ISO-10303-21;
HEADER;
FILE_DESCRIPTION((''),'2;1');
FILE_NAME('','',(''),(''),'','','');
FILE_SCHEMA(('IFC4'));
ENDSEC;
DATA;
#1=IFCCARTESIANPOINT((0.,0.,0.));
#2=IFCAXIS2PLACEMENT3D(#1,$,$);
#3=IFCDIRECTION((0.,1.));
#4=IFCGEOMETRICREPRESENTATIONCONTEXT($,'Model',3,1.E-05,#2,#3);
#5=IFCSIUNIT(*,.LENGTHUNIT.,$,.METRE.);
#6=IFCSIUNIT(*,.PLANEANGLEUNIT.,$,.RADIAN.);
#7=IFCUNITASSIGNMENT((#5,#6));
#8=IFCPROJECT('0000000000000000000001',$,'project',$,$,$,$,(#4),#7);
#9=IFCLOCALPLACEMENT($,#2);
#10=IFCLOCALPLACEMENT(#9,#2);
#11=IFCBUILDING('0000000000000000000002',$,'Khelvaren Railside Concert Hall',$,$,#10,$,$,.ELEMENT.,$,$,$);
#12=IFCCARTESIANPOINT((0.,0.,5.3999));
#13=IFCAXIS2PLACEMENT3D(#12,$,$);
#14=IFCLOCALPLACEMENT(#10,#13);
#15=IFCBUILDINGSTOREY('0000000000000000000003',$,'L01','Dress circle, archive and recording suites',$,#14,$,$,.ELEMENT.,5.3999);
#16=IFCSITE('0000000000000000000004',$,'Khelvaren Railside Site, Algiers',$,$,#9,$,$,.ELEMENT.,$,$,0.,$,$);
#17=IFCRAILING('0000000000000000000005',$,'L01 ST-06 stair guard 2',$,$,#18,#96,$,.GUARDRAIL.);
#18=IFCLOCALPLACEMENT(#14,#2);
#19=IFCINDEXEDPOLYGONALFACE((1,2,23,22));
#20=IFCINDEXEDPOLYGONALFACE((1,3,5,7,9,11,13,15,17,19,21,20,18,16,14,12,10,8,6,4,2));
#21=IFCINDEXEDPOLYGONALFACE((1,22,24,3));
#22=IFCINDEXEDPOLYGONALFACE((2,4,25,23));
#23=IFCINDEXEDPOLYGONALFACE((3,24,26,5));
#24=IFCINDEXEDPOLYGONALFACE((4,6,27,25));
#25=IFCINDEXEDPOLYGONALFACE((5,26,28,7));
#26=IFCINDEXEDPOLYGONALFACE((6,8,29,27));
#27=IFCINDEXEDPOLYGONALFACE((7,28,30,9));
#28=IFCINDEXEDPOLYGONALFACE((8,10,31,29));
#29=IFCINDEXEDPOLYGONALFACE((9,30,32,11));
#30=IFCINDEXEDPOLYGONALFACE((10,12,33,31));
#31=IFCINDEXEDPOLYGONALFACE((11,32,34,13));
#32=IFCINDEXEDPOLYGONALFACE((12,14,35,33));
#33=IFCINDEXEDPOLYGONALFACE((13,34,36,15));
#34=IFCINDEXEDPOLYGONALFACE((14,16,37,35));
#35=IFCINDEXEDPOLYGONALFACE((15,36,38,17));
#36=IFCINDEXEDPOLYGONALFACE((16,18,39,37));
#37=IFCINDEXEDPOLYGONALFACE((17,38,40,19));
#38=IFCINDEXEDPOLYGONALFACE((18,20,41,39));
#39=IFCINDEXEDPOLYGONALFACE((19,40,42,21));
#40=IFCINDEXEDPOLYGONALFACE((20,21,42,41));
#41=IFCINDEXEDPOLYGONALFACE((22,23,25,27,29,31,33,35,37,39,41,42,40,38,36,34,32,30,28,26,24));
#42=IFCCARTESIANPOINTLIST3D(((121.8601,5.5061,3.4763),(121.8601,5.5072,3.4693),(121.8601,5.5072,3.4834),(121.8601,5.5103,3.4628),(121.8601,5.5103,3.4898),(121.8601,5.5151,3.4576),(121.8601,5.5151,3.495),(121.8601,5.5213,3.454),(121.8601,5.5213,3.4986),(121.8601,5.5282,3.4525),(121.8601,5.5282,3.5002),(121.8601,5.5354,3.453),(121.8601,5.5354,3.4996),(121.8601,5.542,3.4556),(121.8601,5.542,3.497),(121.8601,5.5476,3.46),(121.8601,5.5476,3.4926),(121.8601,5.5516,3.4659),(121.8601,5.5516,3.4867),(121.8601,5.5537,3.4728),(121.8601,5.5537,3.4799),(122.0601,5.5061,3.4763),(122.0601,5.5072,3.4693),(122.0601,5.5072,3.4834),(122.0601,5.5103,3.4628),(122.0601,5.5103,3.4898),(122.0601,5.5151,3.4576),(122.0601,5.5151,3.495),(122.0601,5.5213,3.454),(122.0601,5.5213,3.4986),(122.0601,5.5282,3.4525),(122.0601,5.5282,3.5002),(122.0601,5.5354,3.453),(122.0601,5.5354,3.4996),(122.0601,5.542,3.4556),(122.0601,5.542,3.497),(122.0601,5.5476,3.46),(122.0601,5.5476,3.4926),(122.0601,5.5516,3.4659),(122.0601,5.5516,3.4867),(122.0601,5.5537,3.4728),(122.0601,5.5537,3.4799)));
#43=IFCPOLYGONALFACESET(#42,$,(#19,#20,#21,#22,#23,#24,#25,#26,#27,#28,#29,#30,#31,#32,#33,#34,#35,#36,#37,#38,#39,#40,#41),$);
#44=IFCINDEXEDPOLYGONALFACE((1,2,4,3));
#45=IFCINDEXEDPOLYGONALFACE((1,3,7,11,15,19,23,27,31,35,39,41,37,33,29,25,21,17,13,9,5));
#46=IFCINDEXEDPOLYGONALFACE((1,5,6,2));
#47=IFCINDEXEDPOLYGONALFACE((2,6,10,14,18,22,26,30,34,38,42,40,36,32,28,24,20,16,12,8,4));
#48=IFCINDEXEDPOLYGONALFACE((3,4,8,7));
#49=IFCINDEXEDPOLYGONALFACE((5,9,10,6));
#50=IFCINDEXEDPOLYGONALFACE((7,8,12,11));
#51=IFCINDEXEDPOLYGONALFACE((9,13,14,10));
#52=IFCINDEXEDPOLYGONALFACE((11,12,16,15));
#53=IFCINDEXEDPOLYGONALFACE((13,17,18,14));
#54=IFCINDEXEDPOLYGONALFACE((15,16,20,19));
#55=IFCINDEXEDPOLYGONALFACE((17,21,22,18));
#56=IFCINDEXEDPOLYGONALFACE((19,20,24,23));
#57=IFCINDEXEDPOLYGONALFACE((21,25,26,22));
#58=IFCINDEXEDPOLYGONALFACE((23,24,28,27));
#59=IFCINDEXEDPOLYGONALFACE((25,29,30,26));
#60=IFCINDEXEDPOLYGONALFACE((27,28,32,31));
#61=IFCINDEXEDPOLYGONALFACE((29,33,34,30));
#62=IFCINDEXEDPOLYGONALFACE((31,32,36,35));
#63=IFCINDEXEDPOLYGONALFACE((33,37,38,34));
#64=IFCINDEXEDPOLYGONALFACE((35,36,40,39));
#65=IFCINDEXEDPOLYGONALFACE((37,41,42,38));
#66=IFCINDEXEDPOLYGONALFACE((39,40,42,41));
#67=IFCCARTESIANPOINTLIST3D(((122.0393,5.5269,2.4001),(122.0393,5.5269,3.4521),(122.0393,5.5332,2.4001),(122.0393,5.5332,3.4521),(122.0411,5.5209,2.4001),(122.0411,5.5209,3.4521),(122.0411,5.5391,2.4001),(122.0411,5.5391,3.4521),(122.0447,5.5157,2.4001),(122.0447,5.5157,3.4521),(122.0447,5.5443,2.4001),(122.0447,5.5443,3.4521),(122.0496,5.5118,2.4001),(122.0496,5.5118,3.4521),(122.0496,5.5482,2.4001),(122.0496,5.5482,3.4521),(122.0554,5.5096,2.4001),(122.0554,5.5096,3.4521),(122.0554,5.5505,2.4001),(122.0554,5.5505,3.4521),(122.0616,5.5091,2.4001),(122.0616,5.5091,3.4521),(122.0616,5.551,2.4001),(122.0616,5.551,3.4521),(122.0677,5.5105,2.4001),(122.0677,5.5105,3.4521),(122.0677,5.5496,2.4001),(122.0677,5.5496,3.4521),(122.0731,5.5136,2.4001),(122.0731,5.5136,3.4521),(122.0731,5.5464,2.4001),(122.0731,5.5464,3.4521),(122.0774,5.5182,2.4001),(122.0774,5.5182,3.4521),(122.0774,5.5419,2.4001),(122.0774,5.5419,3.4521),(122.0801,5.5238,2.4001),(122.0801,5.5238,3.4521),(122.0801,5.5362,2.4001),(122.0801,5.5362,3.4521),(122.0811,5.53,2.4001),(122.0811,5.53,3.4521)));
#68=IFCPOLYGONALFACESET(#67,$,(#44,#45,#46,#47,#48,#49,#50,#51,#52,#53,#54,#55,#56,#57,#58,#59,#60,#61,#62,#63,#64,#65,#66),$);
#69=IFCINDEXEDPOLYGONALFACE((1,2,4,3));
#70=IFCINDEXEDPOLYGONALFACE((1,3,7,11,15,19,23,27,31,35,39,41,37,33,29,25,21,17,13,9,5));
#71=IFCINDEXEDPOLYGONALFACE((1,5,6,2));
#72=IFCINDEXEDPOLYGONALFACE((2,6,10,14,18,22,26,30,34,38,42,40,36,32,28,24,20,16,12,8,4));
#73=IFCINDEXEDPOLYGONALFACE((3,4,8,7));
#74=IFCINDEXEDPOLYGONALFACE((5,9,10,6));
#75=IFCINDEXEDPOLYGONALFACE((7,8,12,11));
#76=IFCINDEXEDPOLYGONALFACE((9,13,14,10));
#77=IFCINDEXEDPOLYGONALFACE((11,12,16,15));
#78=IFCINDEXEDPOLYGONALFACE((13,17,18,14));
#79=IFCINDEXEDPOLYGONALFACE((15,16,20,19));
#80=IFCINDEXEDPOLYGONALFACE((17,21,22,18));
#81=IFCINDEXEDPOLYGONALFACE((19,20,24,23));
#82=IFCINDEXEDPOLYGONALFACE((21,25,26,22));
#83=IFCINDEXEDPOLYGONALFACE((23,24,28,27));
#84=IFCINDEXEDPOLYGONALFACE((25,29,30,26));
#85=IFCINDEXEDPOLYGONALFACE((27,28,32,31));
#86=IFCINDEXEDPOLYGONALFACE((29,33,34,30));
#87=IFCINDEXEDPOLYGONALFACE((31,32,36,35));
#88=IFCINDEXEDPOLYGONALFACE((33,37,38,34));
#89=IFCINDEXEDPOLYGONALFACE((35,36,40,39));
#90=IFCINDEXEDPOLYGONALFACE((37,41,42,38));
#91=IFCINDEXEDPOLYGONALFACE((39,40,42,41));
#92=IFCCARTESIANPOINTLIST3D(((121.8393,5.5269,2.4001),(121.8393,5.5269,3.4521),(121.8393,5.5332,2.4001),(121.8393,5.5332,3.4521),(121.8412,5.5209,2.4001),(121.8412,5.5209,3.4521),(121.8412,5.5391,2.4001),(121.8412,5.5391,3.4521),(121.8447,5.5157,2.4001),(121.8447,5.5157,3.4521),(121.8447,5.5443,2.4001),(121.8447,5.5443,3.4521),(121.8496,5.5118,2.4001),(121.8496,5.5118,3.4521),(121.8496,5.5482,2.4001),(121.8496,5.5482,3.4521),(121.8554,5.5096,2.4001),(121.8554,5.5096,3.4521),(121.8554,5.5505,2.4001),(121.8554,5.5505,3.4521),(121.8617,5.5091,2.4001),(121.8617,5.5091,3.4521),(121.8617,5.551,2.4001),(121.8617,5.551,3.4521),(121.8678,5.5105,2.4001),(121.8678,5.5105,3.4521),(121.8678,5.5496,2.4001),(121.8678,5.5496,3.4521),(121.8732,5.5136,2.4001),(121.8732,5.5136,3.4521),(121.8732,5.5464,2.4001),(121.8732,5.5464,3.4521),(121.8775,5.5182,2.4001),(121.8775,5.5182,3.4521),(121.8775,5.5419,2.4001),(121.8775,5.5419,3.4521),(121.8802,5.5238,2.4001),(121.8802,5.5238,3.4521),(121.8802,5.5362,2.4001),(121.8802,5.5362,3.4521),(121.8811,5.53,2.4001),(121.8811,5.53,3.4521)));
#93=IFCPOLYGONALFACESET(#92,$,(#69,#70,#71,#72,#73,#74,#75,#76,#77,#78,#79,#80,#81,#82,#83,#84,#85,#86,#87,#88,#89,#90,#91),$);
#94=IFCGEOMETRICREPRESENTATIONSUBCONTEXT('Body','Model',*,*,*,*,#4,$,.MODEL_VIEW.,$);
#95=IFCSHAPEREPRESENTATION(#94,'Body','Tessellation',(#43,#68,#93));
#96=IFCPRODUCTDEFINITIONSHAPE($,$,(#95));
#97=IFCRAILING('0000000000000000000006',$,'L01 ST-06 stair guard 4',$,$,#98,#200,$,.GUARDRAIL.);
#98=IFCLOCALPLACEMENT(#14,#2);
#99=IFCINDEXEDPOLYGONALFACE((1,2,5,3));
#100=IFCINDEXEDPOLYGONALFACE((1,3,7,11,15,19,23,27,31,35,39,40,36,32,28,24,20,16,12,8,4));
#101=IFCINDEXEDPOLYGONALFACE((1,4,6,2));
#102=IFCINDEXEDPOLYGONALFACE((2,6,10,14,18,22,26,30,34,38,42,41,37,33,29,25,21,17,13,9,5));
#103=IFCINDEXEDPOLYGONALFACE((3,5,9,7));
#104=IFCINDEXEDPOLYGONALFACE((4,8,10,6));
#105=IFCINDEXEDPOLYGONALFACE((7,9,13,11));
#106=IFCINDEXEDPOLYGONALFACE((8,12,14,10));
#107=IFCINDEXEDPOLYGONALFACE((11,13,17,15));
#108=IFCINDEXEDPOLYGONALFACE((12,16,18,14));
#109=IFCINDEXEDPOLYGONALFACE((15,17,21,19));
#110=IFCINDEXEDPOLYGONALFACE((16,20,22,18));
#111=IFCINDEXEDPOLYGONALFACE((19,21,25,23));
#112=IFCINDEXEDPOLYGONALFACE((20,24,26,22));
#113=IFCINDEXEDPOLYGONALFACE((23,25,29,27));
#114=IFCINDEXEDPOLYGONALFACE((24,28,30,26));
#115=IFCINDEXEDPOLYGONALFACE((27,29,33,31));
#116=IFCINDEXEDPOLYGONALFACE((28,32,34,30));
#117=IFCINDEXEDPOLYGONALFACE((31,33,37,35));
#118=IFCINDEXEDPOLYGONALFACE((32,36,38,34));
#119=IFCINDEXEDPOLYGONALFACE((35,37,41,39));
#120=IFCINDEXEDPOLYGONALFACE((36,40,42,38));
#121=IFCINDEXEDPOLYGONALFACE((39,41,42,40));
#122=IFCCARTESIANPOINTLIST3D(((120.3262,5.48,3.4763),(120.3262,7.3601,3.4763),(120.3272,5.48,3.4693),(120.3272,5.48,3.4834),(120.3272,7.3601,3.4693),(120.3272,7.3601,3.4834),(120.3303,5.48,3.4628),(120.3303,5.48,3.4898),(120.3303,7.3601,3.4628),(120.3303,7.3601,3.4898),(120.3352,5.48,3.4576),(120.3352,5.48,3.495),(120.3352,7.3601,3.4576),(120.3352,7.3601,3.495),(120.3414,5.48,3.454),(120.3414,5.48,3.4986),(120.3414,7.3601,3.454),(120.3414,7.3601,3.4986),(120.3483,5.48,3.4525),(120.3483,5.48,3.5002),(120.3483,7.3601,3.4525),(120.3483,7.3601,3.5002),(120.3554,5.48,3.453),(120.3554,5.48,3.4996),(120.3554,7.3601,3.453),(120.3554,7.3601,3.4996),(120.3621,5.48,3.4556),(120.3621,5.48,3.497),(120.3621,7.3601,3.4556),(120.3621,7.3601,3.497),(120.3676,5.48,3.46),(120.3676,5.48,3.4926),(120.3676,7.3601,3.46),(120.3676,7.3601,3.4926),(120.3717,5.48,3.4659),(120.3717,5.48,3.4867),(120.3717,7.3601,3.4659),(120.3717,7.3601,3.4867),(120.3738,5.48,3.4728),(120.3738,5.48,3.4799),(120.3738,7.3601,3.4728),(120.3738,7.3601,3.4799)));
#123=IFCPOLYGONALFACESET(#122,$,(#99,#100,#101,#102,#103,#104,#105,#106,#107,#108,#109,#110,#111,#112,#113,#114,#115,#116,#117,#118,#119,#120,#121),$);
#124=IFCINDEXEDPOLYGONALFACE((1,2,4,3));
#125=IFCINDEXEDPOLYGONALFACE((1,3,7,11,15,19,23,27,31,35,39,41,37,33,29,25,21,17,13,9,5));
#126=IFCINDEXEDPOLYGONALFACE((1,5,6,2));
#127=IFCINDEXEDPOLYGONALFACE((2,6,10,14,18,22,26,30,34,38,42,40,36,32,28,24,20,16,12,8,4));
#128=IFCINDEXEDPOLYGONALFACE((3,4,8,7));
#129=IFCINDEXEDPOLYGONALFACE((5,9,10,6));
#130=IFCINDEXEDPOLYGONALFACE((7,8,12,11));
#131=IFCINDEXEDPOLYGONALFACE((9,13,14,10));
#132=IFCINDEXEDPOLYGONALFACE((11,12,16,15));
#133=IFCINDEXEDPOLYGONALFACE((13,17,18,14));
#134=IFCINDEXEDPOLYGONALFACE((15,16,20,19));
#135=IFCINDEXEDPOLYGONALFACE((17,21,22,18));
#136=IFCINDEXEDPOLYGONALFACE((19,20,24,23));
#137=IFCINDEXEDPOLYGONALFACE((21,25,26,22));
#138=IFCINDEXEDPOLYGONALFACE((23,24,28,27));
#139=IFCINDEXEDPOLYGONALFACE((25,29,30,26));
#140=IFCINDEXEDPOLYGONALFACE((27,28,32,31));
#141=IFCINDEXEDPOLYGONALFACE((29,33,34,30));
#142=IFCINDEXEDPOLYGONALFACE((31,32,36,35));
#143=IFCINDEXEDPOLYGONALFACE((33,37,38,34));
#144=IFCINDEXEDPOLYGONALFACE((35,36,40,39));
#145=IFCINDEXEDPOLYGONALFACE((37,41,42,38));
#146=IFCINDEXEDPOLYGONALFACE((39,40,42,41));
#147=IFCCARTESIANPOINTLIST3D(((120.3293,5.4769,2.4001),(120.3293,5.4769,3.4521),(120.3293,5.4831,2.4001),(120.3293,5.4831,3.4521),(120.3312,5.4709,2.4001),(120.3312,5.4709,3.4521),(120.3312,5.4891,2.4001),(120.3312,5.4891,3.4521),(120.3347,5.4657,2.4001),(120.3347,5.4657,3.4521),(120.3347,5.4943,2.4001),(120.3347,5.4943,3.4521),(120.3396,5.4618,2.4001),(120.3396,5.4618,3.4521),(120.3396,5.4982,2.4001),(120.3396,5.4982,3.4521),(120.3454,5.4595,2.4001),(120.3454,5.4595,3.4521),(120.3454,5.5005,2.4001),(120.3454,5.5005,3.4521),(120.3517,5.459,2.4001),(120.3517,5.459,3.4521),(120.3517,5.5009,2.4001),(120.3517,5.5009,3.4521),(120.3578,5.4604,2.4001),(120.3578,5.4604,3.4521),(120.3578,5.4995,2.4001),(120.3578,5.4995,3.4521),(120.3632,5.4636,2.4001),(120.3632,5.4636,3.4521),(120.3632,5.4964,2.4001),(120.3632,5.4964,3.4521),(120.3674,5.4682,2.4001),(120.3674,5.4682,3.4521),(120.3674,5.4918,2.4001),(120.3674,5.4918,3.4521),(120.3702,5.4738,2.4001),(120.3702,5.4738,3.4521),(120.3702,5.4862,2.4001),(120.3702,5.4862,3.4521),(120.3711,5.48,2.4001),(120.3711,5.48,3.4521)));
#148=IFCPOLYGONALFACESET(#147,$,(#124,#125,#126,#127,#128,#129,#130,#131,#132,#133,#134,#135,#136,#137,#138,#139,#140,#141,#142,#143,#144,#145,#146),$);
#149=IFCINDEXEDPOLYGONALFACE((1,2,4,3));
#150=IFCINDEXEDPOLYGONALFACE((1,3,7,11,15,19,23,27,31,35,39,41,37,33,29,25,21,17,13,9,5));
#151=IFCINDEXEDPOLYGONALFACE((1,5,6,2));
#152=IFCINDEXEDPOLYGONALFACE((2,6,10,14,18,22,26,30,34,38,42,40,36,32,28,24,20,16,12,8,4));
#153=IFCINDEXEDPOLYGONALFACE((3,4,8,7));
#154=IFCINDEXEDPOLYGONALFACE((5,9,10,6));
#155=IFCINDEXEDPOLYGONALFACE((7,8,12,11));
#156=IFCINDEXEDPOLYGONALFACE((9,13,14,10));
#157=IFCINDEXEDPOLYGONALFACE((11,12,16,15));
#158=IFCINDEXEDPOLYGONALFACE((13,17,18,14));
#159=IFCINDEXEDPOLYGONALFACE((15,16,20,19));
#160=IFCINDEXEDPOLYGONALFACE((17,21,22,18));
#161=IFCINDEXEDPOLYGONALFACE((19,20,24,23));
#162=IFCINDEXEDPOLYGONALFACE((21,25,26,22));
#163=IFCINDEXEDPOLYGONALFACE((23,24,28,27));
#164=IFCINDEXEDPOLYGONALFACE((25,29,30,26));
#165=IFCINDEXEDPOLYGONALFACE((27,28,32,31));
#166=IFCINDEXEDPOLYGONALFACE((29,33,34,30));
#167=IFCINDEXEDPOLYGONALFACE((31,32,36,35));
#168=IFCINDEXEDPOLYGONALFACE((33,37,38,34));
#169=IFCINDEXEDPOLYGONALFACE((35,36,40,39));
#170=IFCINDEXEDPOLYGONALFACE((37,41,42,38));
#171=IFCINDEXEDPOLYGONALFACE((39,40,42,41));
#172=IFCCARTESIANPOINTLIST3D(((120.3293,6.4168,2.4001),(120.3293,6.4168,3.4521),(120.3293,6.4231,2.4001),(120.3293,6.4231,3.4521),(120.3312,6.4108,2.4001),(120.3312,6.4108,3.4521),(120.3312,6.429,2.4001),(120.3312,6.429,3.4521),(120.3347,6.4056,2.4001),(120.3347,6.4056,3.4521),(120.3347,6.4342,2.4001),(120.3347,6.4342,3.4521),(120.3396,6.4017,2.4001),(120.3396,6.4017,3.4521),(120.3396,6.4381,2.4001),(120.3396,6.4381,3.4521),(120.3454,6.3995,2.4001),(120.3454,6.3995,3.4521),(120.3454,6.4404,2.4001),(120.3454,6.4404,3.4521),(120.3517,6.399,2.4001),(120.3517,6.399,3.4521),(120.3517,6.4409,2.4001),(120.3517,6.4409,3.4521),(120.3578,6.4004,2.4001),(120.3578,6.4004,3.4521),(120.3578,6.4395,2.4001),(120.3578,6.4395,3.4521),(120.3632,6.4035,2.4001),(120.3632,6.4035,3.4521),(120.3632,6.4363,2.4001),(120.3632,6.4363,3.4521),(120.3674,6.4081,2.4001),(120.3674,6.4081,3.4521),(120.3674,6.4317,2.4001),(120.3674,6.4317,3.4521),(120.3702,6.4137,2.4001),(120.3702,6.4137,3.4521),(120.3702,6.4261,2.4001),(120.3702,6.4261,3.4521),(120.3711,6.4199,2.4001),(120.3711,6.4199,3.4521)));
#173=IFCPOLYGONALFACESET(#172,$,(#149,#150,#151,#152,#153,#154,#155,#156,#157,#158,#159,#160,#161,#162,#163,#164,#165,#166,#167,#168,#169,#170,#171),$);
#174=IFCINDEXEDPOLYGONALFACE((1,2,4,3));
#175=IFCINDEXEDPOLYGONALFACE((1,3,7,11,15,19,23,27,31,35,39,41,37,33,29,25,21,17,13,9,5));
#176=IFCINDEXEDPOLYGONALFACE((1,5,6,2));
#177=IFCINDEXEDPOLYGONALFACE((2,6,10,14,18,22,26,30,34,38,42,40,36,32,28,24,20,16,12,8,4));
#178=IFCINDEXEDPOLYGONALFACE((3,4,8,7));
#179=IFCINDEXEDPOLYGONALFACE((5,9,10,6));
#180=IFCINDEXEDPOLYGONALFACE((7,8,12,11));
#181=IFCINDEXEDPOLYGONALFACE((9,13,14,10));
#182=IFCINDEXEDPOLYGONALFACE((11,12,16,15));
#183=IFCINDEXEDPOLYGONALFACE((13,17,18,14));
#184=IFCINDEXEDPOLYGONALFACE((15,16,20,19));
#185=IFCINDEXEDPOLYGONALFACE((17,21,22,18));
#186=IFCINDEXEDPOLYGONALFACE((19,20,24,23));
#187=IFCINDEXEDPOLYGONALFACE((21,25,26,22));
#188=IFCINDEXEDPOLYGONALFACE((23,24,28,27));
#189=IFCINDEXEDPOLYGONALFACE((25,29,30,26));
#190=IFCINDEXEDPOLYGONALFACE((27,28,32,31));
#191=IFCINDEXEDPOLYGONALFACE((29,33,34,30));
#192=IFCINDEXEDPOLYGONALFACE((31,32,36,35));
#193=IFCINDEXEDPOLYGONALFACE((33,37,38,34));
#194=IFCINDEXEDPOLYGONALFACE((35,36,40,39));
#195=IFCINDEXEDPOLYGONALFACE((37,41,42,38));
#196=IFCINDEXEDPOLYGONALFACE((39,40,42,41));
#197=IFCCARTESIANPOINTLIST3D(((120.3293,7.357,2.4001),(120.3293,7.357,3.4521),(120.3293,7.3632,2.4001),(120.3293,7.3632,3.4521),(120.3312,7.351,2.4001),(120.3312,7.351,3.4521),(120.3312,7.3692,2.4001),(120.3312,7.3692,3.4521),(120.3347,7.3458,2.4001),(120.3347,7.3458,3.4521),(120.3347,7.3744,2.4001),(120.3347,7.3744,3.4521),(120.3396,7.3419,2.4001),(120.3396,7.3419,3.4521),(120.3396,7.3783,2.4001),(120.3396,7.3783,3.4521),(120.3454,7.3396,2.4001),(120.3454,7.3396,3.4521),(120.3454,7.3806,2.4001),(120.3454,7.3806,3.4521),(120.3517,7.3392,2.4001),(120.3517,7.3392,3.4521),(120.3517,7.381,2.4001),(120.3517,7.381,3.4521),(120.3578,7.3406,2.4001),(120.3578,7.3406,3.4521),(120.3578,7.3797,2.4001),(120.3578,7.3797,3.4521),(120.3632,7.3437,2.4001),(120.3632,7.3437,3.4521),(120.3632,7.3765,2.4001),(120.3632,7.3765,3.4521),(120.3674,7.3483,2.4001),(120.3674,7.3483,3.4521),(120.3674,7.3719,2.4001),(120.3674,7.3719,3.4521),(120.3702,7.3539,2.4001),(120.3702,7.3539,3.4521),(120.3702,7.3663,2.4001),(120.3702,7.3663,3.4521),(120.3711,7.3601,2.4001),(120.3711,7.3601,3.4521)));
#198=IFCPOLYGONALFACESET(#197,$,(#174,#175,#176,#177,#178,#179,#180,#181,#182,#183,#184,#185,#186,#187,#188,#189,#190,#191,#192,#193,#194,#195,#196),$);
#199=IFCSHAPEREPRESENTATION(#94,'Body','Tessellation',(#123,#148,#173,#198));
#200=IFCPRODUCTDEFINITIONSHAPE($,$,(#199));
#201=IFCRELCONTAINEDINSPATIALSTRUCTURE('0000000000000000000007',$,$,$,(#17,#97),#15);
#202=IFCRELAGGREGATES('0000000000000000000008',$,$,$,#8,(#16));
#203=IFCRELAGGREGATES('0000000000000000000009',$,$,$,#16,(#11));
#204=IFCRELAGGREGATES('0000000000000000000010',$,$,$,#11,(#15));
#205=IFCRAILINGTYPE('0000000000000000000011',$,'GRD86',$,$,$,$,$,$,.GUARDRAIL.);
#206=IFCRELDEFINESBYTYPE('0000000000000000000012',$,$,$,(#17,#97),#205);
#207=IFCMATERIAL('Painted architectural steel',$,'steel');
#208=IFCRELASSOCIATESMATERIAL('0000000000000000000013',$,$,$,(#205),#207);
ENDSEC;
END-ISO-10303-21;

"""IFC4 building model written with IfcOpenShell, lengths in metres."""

from ifc_helpers import new_model, si_unit, direction, frame, origin, origin_2d, place, context, subcontext, project, spatial, circle, extrude, material, type_object, element, save


model = new_model("IFC4")

# Units and contexts
model_context = context("Model", 3, precision=1e-05, world=origin(), true_north=direction((0.0, 1.0)))
body_context = subcontext(model_context, "Body", "Model", "MODEL_VIEW")
ifc_project = project(units=[si_unit("LENGTHUNIT", "METRE"), si_unit("PLANEANGLEUNIT", "RADIAN")], contexts=[model_context])

# Site, building, storey
site_placement = place(None, origin())
site = spatial("IfcSite", under=ifc_project, at=site_placement, Name="Khelvaren Railside Site, Algiers", CompositionType="ELEMENT", RefElevation=0.0)
building_placement = place(site_placement, origin())
building = spatial("IfcBuilding", under=site, at=building_placement, Name="Khelvaren Railside Concert Hall", CompositionType="ELEMENT")
storey_placement = place(building_placement, frame((0.0, 0.0, 5.3999)))
storey = spatial("IfcBuildingStorey", under=building, at=storey_placement, Name="L01", Description="Dress circle, archive and recording suites", CompositionType="ELEMENT", Elevation=5.3999)

# Railings
ifc_material_1 = material(Name="Painted architectural steel", Category="steel")
railing_type_1 = type_object("IfcRailingType", Name="GRD86", PredefinedType="GUARDRAIL", material=ifc_material_1)
railing_1_placement = place(storey_placement, frame((122.0601, 5.53, 2.4001)))
element("IfcRailing", 1, at=railing_1_placement, inside=storey, type_object=railing_type_1, Name="L01 ST-06 stair guard 2", PredefinedType="GUARDRAIL", context=body_context, shape_type="SweptSolid", body=[
    extrude(circle(Radius=0.0239, at=origin_2d()), frame((0.0, 0.0, 1.0762), z_axis=(-1.0, 0.0, 0.0), x_axis=(0.0, -1.0, 0.0)), (0.0, 0.0, 1.0), 0.2),
    extrude(circle(Radius=0.021, at=origin_2d()), origin(), (0.0, 0.0, 1.0), 1.052),
    extrude(circle(Radius=0.021, at=origin_2d()), frame((-0.2, 0.0, 0.0)), (0.0, 0.0, 1.0), 1.052),
])
railing_2_placement = place(storey_placement, frame((120.3501, 5.48, 2.4001)))
element("IfcRailing", 2, at=railing_2_placement, inside=storey, type_object=railing_type_1, Name="L01 ST-06 stair guard 4", PredefinedType="GUARDRAIL", context=body_context, shape_type="SweptSolid", body=[
    extrude(circle(Radius=0.0239, at=origin_2d()), frame((0.0, 0.0, 1.0762), z_axis=(0.0, 1.0, 0.0), x_axis=(-1.0, 0.0, 0.0)), (0.0, 0.0, 1.0), 1.8801),
    extrude(circle(Radius=0.021, at=origin_2d()), origin(), (0.0, 0.0, 1.0), 1.052),
    extrude(circle(Radius=0.021, at=origin_2d()), frame((0.0, 0.9399, 0.0)), (0.0, 0.0, 1.0), 1.052),
    extrude(circle(Radius=0.021, at=origin_2d()), frame((0.0, 1.8801, 0.0)), (0.0, 0.0, 1.0), 1.052),
])

save(model, "model.ifc")
